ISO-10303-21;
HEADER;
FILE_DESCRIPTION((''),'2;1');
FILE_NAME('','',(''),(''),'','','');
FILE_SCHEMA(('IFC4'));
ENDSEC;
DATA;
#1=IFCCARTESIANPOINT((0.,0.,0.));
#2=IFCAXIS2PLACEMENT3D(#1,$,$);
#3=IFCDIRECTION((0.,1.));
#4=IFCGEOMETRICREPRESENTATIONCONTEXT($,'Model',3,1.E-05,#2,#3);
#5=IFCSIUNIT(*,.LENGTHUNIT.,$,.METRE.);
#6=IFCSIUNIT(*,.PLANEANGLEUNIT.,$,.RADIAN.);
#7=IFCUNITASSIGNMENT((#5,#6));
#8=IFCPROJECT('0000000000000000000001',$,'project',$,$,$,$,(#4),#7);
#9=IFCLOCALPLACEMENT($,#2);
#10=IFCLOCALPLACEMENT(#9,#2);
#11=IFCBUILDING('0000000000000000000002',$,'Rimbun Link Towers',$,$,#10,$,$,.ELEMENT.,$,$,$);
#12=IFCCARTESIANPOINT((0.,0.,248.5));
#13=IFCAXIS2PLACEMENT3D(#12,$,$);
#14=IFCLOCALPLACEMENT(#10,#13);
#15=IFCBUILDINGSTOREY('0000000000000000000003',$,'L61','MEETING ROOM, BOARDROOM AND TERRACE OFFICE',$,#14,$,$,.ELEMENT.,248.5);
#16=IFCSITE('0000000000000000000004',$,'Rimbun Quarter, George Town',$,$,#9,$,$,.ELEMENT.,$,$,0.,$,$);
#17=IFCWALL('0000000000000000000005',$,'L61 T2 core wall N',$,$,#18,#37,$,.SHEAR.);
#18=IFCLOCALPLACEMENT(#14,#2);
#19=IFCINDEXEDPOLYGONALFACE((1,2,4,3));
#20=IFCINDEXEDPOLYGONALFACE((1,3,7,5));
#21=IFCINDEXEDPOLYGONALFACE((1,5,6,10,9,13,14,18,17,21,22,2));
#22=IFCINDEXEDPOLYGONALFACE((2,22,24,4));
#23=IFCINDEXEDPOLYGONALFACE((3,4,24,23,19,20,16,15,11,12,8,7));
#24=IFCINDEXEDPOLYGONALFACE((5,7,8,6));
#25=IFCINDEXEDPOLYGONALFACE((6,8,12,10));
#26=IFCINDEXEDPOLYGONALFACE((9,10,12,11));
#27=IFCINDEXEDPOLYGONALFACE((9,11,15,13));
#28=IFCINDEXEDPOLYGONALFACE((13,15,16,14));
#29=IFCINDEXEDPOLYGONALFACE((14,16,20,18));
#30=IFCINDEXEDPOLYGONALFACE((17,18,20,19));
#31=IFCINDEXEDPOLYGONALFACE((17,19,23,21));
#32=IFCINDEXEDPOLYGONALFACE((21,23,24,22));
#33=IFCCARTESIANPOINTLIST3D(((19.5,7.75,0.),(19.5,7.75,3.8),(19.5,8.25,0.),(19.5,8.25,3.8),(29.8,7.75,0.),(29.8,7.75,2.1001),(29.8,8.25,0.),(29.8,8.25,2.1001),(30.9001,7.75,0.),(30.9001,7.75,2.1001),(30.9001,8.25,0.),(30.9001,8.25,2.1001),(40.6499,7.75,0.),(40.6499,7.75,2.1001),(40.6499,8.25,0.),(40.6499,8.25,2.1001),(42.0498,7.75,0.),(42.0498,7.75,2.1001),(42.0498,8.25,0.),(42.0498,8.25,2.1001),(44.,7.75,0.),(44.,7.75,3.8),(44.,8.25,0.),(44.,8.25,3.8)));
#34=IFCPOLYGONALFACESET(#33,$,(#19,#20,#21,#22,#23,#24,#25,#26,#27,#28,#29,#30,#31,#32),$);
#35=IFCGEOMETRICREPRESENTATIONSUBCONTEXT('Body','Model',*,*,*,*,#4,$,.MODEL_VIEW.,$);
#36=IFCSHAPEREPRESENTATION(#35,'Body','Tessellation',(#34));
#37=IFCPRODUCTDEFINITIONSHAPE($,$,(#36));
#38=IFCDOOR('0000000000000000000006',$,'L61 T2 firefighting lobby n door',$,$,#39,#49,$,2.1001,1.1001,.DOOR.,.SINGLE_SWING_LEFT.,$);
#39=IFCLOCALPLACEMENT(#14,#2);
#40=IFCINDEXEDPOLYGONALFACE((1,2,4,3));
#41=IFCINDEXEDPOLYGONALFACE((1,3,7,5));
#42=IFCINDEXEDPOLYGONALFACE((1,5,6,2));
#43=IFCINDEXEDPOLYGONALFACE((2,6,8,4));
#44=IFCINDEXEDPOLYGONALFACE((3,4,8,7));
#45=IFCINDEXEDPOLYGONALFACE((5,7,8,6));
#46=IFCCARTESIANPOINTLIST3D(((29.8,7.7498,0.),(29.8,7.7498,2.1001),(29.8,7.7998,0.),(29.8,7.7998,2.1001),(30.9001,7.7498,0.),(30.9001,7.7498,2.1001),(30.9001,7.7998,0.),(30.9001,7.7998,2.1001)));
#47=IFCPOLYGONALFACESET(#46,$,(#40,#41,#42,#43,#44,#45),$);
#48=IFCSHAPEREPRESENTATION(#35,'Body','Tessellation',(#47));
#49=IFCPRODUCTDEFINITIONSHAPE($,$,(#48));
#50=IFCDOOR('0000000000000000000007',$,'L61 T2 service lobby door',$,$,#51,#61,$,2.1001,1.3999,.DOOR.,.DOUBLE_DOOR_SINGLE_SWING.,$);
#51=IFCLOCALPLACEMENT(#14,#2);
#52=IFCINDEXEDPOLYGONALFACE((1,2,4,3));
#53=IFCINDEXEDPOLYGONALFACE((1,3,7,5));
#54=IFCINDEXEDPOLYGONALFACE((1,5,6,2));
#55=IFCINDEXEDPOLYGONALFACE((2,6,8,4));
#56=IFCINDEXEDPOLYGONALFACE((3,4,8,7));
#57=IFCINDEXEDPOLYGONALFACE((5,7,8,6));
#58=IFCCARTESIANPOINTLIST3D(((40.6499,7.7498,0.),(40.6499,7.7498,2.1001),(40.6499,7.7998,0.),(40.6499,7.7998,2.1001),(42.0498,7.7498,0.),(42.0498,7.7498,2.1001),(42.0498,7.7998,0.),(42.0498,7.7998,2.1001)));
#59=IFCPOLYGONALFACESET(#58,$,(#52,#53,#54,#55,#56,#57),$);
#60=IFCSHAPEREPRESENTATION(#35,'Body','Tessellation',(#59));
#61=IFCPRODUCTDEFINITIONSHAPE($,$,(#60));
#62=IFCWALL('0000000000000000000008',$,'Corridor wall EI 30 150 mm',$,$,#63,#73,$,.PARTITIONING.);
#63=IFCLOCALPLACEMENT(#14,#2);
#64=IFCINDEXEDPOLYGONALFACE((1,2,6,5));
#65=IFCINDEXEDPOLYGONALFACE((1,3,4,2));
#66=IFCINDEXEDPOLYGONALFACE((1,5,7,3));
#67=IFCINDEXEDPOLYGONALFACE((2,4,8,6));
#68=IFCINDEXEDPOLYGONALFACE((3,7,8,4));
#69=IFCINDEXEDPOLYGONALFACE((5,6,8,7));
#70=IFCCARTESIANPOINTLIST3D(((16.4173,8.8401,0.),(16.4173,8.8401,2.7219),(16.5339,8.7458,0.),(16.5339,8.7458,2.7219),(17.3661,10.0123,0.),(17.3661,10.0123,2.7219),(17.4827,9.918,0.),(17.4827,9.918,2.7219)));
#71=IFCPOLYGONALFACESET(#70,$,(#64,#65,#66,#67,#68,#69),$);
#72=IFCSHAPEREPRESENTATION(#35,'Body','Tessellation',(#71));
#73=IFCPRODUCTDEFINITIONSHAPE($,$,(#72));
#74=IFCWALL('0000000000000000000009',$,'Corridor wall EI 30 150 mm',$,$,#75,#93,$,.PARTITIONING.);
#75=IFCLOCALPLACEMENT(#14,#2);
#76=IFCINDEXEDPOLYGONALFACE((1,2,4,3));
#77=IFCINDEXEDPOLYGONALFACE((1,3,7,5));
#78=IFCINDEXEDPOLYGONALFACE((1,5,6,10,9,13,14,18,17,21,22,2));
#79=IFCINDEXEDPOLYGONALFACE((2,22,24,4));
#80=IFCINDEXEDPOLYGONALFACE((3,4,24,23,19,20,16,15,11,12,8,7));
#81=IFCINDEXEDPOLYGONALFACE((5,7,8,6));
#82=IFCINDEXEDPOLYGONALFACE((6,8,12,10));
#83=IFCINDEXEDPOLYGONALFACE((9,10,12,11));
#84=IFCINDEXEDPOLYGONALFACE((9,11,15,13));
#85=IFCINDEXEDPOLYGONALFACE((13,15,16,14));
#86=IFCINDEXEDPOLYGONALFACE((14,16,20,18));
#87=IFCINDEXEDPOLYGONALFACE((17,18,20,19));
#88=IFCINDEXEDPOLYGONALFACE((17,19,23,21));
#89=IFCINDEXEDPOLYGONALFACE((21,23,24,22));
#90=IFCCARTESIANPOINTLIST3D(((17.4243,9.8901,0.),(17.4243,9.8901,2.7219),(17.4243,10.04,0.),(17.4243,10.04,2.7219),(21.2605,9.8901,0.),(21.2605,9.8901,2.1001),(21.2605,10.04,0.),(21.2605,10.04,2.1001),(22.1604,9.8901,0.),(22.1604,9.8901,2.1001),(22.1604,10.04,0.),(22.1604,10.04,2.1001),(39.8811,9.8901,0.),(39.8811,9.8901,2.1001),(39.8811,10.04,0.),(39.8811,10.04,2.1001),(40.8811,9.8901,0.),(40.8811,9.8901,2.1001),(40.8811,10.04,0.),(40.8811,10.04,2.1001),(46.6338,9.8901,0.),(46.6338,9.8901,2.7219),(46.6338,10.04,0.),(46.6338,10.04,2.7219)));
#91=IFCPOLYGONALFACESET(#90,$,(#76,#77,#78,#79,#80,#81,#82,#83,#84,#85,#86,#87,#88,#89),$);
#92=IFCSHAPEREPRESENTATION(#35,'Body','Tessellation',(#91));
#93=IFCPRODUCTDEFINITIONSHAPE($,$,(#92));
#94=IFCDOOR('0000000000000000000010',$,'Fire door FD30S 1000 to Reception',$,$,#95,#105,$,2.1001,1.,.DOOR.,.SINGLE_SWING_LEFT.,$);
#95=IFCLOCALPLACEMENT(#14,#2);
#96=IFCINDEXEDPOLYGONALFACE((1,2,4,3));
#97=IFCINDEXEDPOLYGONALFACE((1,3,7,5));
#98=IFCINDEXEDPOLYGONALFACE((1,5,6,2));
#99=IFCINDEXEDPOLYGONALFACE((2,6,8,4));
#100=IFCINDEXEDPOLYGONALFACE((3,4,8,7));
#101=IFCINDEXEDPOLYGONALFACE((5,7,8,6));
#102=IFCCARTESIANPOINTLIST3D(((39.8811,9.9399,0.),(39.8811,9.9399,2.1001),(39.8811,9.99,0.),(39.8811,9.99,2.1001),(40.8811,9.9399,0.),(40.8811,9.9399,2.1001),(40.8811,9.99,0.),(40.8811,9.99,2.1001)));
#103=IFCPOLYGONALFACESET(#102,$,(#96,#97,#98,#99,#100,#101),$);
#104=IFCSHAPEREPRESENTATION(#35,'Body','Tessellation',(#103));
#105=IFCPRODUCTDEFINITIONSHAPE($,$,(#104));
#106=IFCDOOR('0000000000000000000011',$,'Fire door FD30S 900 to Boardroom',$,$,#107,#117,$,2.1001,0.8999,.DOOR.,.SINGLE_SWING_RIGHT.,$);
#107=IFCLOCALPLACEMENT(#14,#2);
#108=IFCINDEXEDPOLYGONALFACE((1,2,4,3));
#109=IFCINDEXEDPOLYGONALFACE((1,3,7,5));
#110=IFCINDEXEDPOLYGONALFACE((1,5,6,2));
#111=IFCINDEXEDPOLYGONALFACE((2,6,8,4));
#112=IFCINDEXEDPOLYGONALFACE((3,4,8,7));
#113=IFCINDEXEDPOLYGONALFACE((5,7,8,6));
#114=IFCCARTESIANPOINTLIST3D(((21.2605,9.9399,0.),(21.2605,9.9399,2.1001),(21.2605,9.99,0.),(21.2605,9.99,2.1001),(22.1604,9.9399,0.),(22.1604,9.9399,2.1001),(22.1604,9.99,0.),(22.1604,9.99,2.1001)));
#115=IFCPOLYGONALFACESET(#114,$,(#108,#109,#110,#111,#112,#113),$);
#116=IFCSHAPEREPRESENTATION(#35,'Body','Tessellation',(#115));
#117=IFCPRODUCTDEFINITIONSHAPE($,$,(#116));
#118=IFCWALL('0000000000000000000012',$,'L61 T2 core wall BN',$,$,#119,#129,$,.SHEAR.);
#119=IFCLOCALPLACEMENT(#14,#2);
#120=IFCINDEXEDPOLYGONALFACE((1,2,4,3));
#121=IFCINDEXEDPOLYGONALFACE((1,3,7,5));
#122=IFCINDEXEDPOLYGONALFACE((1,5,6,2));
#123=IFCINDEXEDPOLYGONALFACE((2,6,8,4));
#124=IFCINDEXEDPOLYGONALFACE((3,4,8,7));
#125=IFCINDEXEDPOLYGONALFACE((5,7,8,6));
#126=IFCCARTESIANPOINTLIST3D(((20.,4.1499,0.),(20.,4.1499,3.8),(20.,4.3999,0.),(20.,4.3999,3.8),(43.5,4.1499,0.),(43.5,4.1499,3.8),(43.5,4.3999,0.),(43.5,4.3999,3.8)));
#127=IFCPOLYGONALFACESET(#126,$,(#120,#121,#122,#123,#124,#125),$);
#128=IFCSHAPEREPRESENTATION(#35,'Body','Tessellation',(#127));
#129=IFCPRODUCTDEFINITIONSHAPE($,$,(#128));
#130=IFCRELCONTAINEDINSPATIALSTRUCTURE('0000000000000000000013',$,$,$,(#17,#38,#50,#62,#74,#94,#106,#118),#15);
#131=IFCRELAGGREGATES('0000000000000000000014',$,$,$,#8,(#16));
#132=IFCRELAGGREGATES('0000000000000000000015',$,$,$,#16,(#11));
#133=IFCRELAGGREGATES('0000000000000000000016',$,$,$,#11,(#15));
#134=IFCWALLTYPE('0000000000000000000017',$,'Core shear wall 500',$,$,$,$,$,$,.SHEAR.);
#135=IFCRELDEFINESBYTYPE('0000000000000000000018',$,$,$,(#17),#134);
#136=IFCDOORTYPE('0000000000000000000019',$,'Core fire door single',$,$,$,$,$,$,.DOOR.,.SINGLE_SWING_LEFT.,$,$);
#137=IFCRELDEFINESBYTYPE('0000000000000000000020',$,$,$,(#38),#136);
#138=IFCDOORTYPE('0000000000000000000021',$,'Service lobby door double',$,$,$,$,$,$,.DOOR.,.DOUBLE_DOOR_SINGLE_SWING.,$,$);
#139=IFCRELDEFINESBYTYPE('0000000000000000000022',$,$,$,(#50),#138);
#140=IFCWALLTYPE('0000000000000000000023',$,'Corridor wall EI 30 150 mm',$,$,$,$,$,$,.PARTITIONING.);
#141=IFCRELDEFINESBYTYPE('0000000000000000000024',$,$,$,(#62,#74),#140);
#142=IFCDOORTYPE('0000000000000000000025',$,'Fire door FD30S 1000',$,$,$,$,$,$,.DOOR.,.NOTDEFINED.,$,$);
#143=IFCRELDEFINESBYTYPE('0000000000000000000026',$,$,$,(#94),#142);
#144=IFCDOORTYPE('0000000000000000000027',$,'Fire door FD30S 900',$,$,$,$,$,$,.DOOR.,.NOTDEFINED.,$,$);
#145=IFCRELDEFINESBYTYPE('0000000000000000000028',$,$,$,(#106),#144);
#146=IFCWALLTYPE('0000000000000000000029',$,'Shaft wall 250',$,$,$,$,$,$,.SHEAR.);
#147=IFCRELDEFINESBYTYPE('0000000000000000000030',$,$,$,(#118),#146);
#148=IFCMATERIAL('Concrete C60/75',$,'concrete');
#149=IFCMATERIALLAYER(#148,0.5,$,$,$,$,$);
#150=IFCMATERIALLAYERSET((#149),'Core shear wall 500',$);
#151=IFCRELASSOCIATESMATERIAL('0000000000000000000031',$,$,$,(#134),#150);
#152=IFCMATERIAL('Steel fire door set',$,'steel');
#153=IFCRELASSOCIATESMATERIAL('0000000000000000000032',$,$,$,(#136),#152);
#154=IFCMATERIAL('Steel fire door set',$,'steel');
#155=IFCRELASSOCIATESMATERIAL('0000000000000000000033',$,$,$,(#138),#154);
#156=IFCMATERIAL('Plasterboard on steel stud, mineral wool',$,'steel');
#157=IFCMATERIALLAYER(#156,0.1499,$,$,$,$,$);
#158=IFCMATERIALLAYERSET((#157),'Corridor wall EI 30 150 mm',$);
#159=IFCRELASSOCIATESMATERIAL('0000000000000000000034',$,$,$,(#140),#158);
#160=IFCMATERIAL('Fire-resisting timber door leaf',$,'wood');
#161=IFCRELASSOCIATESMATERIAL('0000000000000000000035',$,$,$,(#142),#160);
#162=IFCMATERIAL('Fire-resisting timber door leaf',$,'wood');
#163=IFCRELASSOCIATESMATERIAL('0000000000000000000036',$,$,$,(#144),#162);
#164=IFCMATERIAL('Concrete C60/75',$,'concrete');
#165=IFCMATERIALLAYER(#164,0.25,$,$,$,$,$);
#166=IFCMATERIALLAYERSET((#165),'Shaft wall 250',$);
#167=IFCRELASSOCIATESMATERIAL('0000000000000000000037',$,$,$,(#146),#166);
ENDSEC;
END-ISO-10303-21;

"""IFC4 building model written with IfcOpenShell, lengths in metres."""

from ifc_helpers import new_model, si_unit, direction, frame, frame_2d, origin, place, context, subcontext, project, spatial, rectangle, extrude, material, layer, layer_set, type_object, element, fill, save


model = new_model("IFC4")

# Units and contexts
model_context = context("Model", 3, precision=1e-05, world=origin(), true_north=direction((0.0, 1.0)))
body_context = subcontext(model_context, "Body", "Model", "MODEL_VIEW")
ifc_project = project(units=[si_unit("LENGTHUNIT", "METRE"), si_unit("PLANEANGLEUNIT", "RADIAN")], contexts=[model_context])

# Site, building, storey
site_placement = place(None, origin())
site = spatial("IfcSite", under=ifc_project, at=site_placement, Name="Rimbun Quarter, George Town", CompositionType="ELEMENT", RefElevation=0.0)
building_placement = place(site_placement, origin())
building = spatial("IfcBuilding", under=site, at=building_placement, Name="Rimbun Link Towers", CompositionType="ELEMENT")
storey_placement = place(building_placement, frame((0.0, 0.0, 248.5)))
storey = spatial("IfcBuildingStorey", under=building, at=storey_placement, Name="L61", Description="MEETING ROOM, BOARDROOM AND TERRACE OFFICE", CompositionType="ELEMENT", Elevation=248.5)

# Wall, openings, doors
ifc_material_1 = material(Name="Concrete C60/75", Category="concrete")
ifc_layer_1 = layer(ifc_material_1, 0.5)
ifc_layer_set_1 = layer_set([ifc_layer_1], Name="Core shear wall 500")
wall_type_1 = type_object("IfcWallType", Name="Core shear wall 500", PredefinedType="SHEAR", material=ifc_layer_set_1)
wall_1_placement = place(storey_placement, frame((19.5, 8.0, 0.0), z_axis=(0.0, 0.0, 1.0), x_axis=(1.0, 0.0, 0.0)))
wall_1 = element("IfcWall", 1, at=wall_1_placement, inside=storey, type_object=wall_type_1, Name="L61 T2 core wall N", PredefinedType="SHEAR", context=body_context, shape_type="SweptSolid", body=[
    extrude(rectangle(XDim=24.5, YDim=0.5, at=frame_2d((12.25, 0.0))), origin(), (0.0, 0.0, 1.0), 3.8),
])
opening_1_placement = place(wall_1_placement, frame((10.3, 0.0, 0.0)))
opening_1 = element("IfcOpeningElement", 2, at=opening_1_placement, cuts=wall_1, PredefinedType="OPENING", context=body_context, shape_type="SweptSolid", body=[
    extrude(rectangle(XDim=1.1001, YDim=2.1001, at=frame_2d((0.55, 1.05))), frame((0.0, 0.26, 0.0), z_axis=(0.0, -1.0, 0.0), x_axis=(1.0, 0.0, 0.0)), (0.0, 0.0, 1.0), 0.52),
])
opening_2_placement = place(wall_1_placement, frame((21.1499, 0.0, 0.0)))
opening_2 = element("IfcOpeningElement", 3, at=opening_2_placement, cuts=wall_1, PredefinedType="OPENING", context=body_context, shape_type="SweptSolid", body=[
    extrude(rectangle(XDim=1.3999, YDim=2.1001, at=frame_2d((0.7, 1.05))), frame((0.0, 0.26, 0.0), z_axis=(0.0, -1.0, 0.0), x_axis=(1.0, 0.0, 0.0)), (0.0, 0.0, 1.0), 0.52),
])
ifc_material_2 = material(Name="Steel fire door set", Category="steel")
door_type_1 = type_object("IfcDoorType", Name="Core fire door single", OperationType="SINGLE_SWING_LEFT", PredefinedType="DOOR", material=ifc_material_2)
door_1_placement = place(opening_1_placement, origin())
door_1 = element("IfcDoor", 4, at=door_1_placement, inside=storey, type_object=door_type_1, Name="L61 T2 firefighting lobby n door", OperationType="SINGLE_SWING_LEFT", OverallHeight=2.1001, OverallWidth=1.1001, PredefinedType="DOOR", context=body_context, shape_type="SweptSolid", body=[
    extrude(rectangle(XDim=1.1001, YDim=2.1001, at=frame_2d((0.55, 1.05))), frame((0.0, -0.2002, 0.0), z_axis=(0.0, -1.0, 0.0), x_axis=(1.0, 0.0, 0.0)), (0.0, 0.0, 1.0), 0.05),
])
fill(opening_1, door_1)
ifc_material_3 = material(Name="Steel fire door set", Category="steel")
door_type_2 = type_object("IfcDoorType", Name="Service lobby door double", OperationType="DOUBLE_DOOR_SINGLE_SWING", PredefinedType="DOOR", material=ifc_material_3)
door_2_placement = place(opening_2_placement, origin())
door_2 = element("IfcDoor", 5, at=door_2_placement, inside=storey, type_object=door_type_2, Name="L61 T2 service lobby door", OperationType="DOUBLE_DOOR_SINGLE_SWING", OverallHeight=2.1001, OverallWidth=1.3999, PredefinedType="DOOR", context=body_context, shape_type="SweptSolid", body=[
    extrude(rectangle(XDim=1.3999, YDim=2.1001, at=frame_2d((0.7, 1.05))), frame((0.0, -0.2002, 0.0), z_axis=(0.0, -1.0, 0.0), x_axis=(1.0, 0.0, 0.0)), (0.0, 0.0, 1.0), 0.05),
])
fill(opening_2, door_2)

# Wall
ifc_material_4 = material(Name="Plasterboard on steel stud, mineral wool", Category="steel")
ifc_layer_2 = layer(ifc_material_4, 0.1499)
ifc_layer_set_2 = layer_set([ifc_layer_2], Name="Corridor wall EI 30 150 mm")
wall_type_2 = type_object("IfcWallType", Name="Corridor wall EI 30 150 mm", PredefinedType="PARTITIONING", material=ifc_layer_set_2)
wall_2_placement = place(storey_placement, frame((17.4243, 9.9651, 0.0), z_axis=(0.0, 0.0, 1.0), x_axis=(-0.629147, -0.777286, 0.0)))
element("IfcWall", 6, at=wall_2_placement, inside=storey, type_object=wall_type_2, Name="Corridor wall EI 30 150 mm", PredefinedType="PARTITIONING", context=body_context, shape_type="SweptSolid", body=[
    extrude(rectangle(XDim=1.5081, YDim=0.1499, at=frame_2d((0.7539, 0.0))), origin(), (0.0, 0.0, 1.0), 2.7219),
])

# Wall, openings, doors
wall_3_placement = place(storey_placement, frame((17.4243, 9.9651, 0.0), z_axis=(0.0, 0.0, 1.0), x_axis=(1.0, 0.0, 0.0)))
wall_3 = element("IfcWall", 7, at=wall_3_placement, inside=storey, type_object=wall_type_2, Name="Corridor wall EI 30 150 mm", PredefinedType="PARTITIONING", context=body_context, shape_type="SweptSolid", body=[
    extrude(rectangle(XDim=29.2095, YDim=0.1499, at=frame_2d((14.6047, 0.0))), origin(), (0.0, 0.0, 1.0), 2.7219),
])
opening_3_placement = place(wall_3_placement, frame((22.4568, 0.0, 0.0)))
opening_3 = element("IfcOpeningElement", 8, at=opening_3_placement, cuts=wall_3, PredefinedType="OPENING", context=body_context, shape_type="SweptSolid", body=[
    extrude(rectangle(XDim=1.0, YDim=2.1001, at=frame_2d((0.5, 1.05))), frame((0.0, 0.085, 0.0), z_axis=(0.0, -1.0, 0.0), x_axis=(1.0, 0.0, 0.0)), (0.0, 0.0, 1.0), 0.1699),
])
opening_4_placement = place(wall_3_placement, frame((3.8362, 0.0, 0.0)))
opening_4 = element("IfcOpeningElement", 9, at=opening_4_placement, cuts=wall_3, PredefinedType="OPENING", context=body_context, shape_type="SweptSolid", body=[
    extrude(rectangle(XDim=0.8999, YDim=2.1001, at=frame_2d((0.45, 1.05))), frame((0.0, 0.085, 0.0), z_axis=(0.0, -1.0, 0.0), x_axis=(1.0, 0.0, 0.0)), (0.0, 0.0, 1.0), 0.1699),
])
ifc_material_5 = material(Name="Fire-resisting timber door leaf", Category="wood")
door_type_3 = type_object("IfcDoorType", Name="Fire door FD30S 1000", OperationType="NOTDEFINED", PredefinedType="DOOR", material=ifc_material_5)
door_3_placement = place(opening_3_placement, origin())
door_3 = element("IfcDoor", 10, at=door_3_placement, inside=storey, type_object=door_type_3, Name="Fire door FD30S 1000 to Reception", OperationType="SINGLE_SWING_LEFT", OverallHeight=2.1001, OverallWidth=1.0, PredefinedType="DOOR", context=body_context, shape_type="SweptSolid", body=[
    extrude(rectangle(XDim=1.0, YDim=2.1001, at=frame_2d((0.5, 1.05))), frame((0.0, 0.0249, 0.0), z_axis=(0.0, -1.0, 0.0), x_axis=(1.0, 0.0, 0.0)), (0.0, 0.0, 1.0), 0.05),
])
fill(opening_3, door_3)
ifc_material_6 = material(Name="Fire-resisting timber door leaf", Category="wood")
door_type_4 = type_object("IfcDoorType", Name="Fire door FD30S 900", OperationType="NOTDEFINED", PredefinedType="DOOR", material=ifc_material_6)
door_4_placement = place(opening_4_placement, origin())
door_4 = element("IfcDoor", 11, at=door_4_placement, inside=storey, type_object=door_type_4, Name="Fire door FD30S 900 to Boardroom", OperationType="SINGLE_SWING_RIGHT", OverallHeight=2.1001, OverallWidth=0.8999, PredefinedType="DOOR", context=body_context, shape_type="SweptSolid", body=[
    extrude(rectangle(XDim=0.8999, YDim=2.1001, at=frame_2d((0.45, 1.05))), frame((0.0, 0.0249, 0.0), z_axis=(0.0, -1.0, 0.0), x_axis=(1.0, 0.0, 0.0)), (0.0, 0.0, 1.0), 0.05),
])
fill(opening_4, door_4)

# Wall
ifc_material_7 = material(Name="Concrete C60/75", Category="concrete")
ifc_layer_3 = layer(ifc_material_7, 0.25)
ifc_layer_set_3 = layer_set([ifc_layer_3], Name="Shaft wall 250")
wall_type_3 = type_object("IfcWallType", Name="Shaft wall 250", PredefinedType="SHEAR", material=ifc_layer_set_3)
wall_4_placement = place(storey_placement, frame((20.0, 4.2749, 0.0), z_axis=(0.0, 0.0, 1.0), x_axis=(1.0, 0.0, 0.0)))
element("IfcWall", 12, at=wall_4_placement, inside=storey, type_object=wall_type_3, Name="L61 T2 core wall BN", PredefinedType="SHEAR", context=body_context, shape_type="SweptSolid", body=[
    extrude(rectangle(XDim=23.5, YDim=0.25, at=frame_2d((11.75, 0.0))), origin(), (0.0, 0.0, 1.0), 3.8),
])

save(model, "model.ifc")
